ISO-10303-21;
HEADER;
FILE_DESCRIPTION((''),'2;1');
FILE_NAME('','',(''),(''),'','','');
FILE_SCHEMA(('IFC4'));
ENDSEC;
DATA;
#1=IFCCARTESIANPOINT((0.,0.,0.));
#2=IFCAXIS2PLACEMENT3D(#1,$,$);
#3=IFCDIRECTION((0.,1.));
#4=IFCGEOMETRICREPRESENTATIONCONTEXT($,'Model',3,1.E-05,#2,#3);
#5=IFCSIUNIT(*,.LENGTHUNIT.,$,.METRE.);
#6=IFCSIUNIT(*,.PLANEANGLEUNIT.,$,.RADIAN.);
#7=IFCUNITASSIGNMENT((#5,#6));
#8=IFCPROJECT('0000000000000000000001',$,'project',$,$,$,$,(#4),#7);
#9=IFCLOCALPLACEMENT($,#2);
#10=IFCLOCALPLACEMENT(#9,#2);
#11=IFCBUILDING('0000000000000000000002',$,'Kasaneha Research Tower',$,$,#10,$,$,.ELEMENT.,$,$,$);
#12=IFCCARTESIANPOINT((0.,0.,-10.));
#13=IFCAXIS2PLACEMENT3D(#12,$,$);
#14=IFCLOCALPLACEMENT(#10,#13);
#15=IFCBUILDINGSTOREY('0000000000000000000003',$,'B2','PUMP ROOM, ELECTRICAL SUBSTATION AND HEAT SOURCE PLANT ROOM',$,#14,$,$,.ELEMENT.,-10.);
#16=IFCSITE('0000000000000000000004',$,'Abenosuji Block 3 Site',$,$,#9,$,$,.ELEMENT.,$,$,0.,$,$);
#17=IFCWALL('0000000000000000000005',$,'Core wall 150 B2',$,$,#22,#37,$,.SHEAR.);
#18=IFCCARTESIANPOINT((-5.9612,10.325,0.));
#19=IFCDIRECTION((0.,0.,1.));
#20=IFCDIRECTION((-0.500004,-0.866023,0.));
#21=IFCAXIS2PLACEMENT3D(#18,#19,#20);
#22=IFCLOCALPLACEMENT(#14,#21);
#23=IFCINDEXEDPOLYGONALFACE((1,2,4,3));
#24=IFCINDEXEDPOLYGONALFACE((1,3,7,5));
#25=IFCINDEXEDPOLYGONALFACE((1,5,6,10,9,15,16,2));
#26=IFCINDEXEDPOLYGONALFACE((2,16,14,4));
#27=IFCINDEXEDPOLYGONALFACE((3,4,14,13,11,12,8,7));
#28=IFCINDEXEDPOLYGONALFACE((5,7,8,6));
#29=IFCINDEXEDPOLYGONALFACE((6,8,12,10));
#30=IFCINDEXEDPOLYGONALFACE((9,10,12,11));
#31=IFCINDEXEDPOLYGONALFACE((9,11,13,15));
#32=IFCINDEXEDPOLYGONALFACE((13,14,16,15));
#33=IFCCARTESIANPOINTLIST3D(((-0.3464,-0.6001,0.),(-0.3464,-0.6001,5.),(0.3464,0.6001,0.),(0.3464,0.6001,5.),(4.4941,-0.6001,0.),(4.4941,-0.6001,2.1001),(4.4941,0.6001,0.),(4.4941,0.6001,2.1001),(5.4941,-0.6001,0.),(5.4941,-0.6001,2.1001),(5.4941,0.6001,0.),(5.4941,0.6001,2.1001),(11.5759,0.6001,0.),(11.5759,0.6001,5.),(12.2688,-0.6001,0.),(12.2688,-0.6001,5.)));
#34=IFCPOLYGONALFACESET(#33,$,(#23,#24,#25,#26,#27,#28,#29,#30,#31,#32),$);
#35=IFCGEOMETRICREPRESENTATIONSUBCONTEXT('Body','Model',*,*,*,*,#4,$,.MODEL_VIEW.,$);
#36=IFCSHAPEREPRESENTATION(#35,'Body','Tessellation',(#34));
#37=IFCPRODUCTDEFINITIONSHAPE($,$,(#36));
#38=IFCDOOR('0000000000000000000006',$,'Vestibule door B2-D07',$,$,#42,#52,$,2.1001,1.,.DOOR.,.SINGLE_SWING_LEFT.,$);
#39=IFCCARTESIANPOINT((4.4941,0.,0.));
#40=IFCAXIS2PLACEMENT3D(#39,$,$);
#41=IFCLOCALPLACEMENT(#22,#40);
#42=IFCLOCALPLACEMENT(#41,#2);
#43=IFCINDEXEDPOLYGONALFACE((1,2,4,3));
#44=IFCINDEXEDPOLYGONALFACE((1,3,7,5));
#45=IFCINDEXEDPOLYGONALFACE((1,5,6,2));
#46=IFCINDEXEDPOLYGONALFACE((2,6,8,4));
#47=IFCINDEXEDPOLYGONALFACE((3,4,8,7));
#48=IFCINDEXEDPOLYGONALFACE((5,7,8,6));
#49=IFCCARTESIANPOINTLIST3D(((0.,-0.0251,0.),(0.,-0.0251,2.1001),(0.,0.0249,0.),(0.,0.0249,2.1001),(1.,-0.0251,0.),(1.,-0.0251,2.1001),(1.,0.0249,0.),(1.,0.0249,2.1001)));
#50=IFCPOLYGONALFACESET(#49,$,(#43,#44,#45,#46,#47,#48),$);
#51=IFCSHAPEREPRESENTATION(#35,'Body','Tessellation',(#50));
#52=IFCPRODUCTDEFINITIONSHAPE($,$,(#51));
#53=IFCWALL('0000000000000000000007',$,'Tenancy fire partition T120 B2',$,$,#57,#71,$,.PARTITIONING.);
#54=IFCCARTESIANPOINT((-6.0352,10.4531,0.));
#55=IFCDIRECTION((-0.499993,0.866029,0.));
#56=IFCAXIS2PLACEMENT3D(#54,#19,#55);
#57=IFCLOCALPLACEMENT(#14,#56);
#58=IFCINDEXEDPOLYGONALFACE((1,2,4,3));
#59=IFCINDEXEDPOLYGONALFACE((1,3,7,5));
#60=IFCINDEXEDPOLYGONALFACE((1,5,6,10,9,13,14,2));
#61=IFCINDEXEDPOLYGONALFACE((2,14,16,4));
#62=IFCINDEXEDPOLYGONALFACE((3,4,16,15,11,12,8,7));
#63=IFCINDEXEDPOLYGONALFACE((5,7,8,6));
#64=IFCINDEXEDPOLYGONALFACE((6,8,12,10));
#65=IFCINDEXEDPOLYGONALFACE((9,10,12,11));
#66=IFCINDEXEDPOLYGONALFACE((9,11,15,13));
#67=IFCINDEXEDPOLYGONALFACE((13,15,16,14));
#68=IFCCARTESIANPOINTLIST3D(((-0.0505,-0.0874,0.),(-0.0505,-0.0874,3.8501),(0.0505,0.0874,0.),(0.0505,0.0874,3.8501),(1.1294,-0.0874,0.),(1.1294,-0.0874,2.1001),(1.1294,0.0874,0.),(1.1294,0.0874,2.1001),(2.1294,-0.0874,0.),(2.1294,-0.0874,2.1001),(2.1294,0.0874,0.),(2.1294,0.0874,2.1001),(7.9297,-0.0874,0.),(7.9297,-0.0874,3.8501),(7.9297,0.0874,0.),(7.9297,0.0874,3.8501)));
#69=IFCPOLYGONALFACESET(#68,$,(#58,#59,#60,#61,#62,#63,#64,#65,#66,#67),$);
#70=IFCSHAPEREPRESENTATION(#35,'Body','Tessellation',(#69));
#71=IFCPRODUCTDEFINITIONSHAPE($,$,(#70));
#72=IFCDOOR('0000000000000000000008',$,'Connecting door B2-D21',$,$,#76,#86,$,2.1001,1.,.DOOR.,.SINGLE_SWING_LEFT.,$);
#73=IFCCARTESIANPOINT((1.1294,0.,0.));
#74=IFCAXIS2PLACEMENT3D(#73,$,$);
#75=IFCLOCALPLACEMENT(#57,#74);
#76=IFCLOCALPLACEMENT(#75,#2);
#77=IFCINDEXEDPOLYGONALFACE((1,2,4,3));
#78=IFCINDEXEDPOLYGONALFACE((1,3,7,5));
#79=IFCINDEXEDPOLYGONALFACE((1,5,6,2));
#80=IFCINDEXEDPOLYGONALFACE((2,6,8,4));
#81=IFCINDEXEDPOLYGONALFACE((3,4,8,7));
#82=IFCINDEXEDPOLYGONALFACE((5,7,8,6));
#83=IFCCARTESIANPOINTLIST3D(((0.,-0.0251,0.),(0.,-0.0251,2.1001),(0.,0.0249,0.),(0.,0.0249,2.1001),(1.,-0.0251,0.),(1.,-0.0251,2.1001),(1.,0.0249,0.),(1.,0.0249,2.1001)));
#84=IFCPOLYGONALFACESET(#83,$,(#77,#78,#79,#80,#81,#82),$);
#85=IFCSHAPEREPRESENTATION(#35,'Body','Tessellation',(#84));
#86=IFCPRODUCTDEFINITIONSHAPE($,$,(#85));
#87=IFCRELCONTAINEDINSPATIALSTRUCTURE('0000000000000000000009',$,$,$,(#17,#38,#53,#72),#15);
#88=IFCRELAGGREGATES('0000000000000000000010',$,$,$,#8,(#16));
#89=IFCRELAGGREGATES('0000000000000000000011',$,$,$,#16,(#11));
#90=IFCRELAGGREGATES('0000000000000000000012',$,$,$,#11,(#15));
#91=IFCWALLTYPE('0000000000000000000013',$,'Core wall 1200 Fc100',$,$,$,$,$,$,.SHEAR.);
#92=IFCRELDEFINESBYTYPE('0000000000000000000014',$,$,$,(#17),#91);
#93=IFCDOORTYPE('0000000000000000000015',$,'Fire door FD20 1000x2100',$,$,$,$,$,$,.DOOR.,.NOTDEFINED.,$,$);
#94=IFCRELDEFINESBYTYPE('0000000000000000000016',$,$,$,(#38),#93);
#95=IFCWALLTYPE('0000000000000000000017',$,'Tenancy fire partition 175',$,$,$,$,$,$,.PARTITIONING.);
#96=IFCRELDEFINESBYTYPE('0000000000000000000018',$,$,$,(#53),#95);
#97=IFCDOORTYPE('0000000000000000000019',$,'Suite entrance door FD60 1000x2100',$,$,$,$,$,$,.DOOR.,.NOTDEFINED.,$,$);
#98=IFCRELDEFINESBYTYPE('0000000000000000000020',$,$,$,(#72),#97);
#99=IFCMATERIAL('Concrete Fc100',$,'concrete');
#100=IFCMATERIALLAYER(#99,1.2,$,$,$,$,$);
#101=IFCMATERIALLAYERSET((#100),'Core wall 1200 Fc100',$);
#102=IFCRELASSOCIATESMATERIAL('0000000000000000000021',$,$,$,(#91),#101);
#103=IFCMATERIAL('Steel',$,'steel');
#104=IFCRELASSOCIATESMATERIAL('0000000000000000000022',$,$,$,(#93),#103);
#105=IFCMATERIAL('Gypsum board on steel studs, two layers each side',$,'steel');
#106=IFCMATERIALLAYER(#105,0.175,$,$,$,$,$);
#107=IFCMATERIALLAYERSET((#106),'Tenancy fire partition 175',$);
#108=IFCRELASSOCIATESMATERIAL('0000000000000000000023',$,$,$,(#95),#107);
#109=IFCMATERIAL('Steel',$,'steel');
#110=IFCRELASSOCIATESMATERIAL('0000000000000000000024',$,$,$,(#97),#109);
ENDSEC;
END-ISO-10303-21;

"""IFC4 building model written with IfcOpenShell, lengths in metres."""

from ifc_helpers import new_model, si_unit, direction, frame, frame_2d, origin, place, context, subcontext, project, spatial, polyline, rectangle, outline, extrude, material, layer, layer_set, type_object, element, fill, save


model = new_model("IFC4")

# Units and contexts
model_context = context("Model", 3, precision=1e-05, world=origin(), true_north=direction((0.0, 1.0)))
body_context = subcontext(model_context, "Body", "Model", "MODEL_VIEW")
ifc_project = project(units=[si_unit("LENGTHUNIT", "METRE"), si_unit("PLANEANGLEUNIT", "RADIAN")], contexts=[model_context])

# Site, building, storey
site_placement = place(None, origin())
site = spatial("IfcSite", under=ifc_project, at=site_placement, Name="Abenosuji Block 3 Site", CompositionType="ELEMENT", RefElevation=0.0)
building_placement = place(site_placement, origin())
building = spatial("IfcBuilding", under=site, at=building_placement, Name="Kasaneha Research Tower", CompositionType="ELEMENT")
storey_placement = place(building_placement, frame((0.0, 0.0, -10.0)))
storey = spatial("IfcBuildingStorey", under=building, at=storey_placement, Name="B2", Description="PUMP ROOM, ELECTRICAL SUBSTATION AND HEAT SOURCE PLANT ROOM", CompositionType="ELEMENT", Elevation=-10.0)

# Walls, openings, doors
ifc_material_1 = material(Name="Concrete Fc100", Category="concrete")
ifc_layer_1 = layer(ifc_material_1, 1.2)
ifc_layer_set_1 = layer_set([ifc_layer_1], Name="Core wall 1200 Fc100")
wall_type_1 = type_object("IfcWallType", Name="Core wall 1200 Fc100", PredefinedType="SHEAR", material=ifc_layer_set_1)
wall_1_placement = place(storey_placement, frame((-5.9612, 10.325, 0.0), z_axis=(0.0, 0.0, 1.0), x_axis=(-0.500004, -0.866023, 0.0)))
wall_1 = element("IfcWall", 1, at=wall_1_placement, inside=storey, type_object=wall_type_1, Name="Core wall 150 B2", PredefinedType="SHEAR", context=body_context, shape_type="SweptSolid", body=[
    extrude(outline(polyline([(-0.3464, -0.6001), (4.4941, -0.6001), (5.4941, -0.6001), (12.2688, -0.6001), (11.5759, 0.6001), (5.4941, 0.6001), (4.4941, 0.6001), (0.3464, 0.6001), (-0.3464, -0.6001)])), origin(), (0.0, 0.0, 1.0), 5.0),
])
opening_1_placement = place(wall_1_placement, frame((4.4941, 0.0, 0.0)))
opening_1 = element("IfcOpeningElement", 2, at=opening_1_placement, cuts=wall_1, PredefinedType="OPENING", context=body_context, shape_type="SweptSolid", body=[
    extrude(rectangle(XDim=1.0, YDim=2.1001, at=frame_2d((0.5, 1.05))), frame((0.0, 0.6099, 0.0), z_axis=(0.0, -1.0, 0.0), x_axis=(1.0, 0.0, 0.0)), (0.0, 0.0, 1.0), 1.22),
])
ifc_material_2 = material(Name="Steel", Category="steel")
door_type_1 = type_object("IfcDoorType", Name="Fire door FD20 1000x2100", OperationType="NOTDEFINED", PredefinedType="DOOR", material=ifc_material_2)
door_1_placement = place(opening_1_placement, origin())
door_1 = element("IfcDoor", 3, at=door_1_placement, inside=storey, type_object=door_type_1, Name="Vestibule door B2-D07", OperationType="SINGLE_SWING_LEFT", OverallHeight=2.1001, OverallWidth=1.0, PredefinedType="DOOR", context=body_context, shape_type="SweptSolid", body=[
    extrude(rectangle(XDim=1.0, YDim=2.1001, at=frame_2d((0.5, 1.05))), frame((0.0, 0.0249, 0.0), z_axis=(0.0, -1.0, 0.0), x_axis=(1.0, 0.0, 0.0)), (0.0, 0.0, 1.0), 0.05),
])
fill(opening_1, door_1)
ifc_material_3 = material(Name="Gypsum board on steel studs, two layers each side", Category="steel")
ifc_layer_2 = layer(ifc_material_3, 0.175)
ifc_layer_set_2 = layer_set([ifc_layer_2], Name="Tenancy fire partition 175")
wall_type_2 = type_object("IfcWallType", Name="Tenancy fire partition 175", PredefinedType="PARTITIONING", material=ifc_layer_set_2)
wall_2_placement = place(storey_placement, frame((-6.0352, 10.4531, 0.0), z_axis=(0.0, 0.0, 1.0), x_axis=(-0.499993, 0.866029, 0.0)))
wall_2 = element("IfcWall", 4, at=wall_2_placement, inside=storey, type_object=wall_type_2, Name="Tenancy fire partition T120 B2", PredefinedType="PARTITIONING", context=body_context, shape_type="SweptSolid", body=[
    extrude(outline(polyline([(-0.0505, -0.0874), (1.1294, -0.0874), (2.1294, -0.0874), (7.9297, -0.0874), (7.9297, 0.0874), (2.1294, 0.0874), (1.1294, 0.0874), (0.0505, 0.0874), (-0.0505, -0.0874)])), origin(), (0.0, 0.0, 1.0), 3.8501),
])
opening_2_placement = place(wall_2_placement, frame((1.1294, 0.0, 0.0)))
opening_2 = element("IfcOpeningElement", 5, at=opening_2_placement, cuts=wall_2, PredefinedType="OPENING", context=body_context, shape_type="SweptSolid", body=[
    extrude(rectangle(XDim=1.0, YDim=2.1001, at=frame_2d((0.5, 1.05))), frame((0.0, 0.0977, 0.0), z_axis=(0.0, -1.0, 0.0), x_axis=(1.0, 0.0, 0.0)), (0.0, 0.0, 1.0), 0.1951),
])
ifc_material_4 = material(Name="Steel", Category="steel")
door_type_2 = type_object("IfcDoorType", Name="Suite entrance door FD60 1000x2100", OperationType="NOTDEFINED", PredefinedType="DOOR", material=ifc_material_4)
door_2_placement = place(opening_2_placement, origin())
door_2 = element("IfcDoor", 6, at=door_2_placement, inside=storey, type_object=door_type_2, Name="Connecting door B2-D21", OperationType="SINGLE_SWING_LEFT", OverallHeight=2.1001, OverallWidth=1.0, PredefinedType="DOOR", context=body_context, shape_type="SweptSolid", body=[
    extrude(rectangle(XDim=1.0, YDim=2.1001, at=frame_2d((0.5, 1.05))), frame((0.0, 0.0249, 0.0), z_axis=(0.0, -1.0, 0.0), x_axis=(1.0, 0.0, 0.0)), (0.0, 0.0, 1.0), 0.05),
])
fill(opening_2, door_2)

save(model, "model.ifc")
